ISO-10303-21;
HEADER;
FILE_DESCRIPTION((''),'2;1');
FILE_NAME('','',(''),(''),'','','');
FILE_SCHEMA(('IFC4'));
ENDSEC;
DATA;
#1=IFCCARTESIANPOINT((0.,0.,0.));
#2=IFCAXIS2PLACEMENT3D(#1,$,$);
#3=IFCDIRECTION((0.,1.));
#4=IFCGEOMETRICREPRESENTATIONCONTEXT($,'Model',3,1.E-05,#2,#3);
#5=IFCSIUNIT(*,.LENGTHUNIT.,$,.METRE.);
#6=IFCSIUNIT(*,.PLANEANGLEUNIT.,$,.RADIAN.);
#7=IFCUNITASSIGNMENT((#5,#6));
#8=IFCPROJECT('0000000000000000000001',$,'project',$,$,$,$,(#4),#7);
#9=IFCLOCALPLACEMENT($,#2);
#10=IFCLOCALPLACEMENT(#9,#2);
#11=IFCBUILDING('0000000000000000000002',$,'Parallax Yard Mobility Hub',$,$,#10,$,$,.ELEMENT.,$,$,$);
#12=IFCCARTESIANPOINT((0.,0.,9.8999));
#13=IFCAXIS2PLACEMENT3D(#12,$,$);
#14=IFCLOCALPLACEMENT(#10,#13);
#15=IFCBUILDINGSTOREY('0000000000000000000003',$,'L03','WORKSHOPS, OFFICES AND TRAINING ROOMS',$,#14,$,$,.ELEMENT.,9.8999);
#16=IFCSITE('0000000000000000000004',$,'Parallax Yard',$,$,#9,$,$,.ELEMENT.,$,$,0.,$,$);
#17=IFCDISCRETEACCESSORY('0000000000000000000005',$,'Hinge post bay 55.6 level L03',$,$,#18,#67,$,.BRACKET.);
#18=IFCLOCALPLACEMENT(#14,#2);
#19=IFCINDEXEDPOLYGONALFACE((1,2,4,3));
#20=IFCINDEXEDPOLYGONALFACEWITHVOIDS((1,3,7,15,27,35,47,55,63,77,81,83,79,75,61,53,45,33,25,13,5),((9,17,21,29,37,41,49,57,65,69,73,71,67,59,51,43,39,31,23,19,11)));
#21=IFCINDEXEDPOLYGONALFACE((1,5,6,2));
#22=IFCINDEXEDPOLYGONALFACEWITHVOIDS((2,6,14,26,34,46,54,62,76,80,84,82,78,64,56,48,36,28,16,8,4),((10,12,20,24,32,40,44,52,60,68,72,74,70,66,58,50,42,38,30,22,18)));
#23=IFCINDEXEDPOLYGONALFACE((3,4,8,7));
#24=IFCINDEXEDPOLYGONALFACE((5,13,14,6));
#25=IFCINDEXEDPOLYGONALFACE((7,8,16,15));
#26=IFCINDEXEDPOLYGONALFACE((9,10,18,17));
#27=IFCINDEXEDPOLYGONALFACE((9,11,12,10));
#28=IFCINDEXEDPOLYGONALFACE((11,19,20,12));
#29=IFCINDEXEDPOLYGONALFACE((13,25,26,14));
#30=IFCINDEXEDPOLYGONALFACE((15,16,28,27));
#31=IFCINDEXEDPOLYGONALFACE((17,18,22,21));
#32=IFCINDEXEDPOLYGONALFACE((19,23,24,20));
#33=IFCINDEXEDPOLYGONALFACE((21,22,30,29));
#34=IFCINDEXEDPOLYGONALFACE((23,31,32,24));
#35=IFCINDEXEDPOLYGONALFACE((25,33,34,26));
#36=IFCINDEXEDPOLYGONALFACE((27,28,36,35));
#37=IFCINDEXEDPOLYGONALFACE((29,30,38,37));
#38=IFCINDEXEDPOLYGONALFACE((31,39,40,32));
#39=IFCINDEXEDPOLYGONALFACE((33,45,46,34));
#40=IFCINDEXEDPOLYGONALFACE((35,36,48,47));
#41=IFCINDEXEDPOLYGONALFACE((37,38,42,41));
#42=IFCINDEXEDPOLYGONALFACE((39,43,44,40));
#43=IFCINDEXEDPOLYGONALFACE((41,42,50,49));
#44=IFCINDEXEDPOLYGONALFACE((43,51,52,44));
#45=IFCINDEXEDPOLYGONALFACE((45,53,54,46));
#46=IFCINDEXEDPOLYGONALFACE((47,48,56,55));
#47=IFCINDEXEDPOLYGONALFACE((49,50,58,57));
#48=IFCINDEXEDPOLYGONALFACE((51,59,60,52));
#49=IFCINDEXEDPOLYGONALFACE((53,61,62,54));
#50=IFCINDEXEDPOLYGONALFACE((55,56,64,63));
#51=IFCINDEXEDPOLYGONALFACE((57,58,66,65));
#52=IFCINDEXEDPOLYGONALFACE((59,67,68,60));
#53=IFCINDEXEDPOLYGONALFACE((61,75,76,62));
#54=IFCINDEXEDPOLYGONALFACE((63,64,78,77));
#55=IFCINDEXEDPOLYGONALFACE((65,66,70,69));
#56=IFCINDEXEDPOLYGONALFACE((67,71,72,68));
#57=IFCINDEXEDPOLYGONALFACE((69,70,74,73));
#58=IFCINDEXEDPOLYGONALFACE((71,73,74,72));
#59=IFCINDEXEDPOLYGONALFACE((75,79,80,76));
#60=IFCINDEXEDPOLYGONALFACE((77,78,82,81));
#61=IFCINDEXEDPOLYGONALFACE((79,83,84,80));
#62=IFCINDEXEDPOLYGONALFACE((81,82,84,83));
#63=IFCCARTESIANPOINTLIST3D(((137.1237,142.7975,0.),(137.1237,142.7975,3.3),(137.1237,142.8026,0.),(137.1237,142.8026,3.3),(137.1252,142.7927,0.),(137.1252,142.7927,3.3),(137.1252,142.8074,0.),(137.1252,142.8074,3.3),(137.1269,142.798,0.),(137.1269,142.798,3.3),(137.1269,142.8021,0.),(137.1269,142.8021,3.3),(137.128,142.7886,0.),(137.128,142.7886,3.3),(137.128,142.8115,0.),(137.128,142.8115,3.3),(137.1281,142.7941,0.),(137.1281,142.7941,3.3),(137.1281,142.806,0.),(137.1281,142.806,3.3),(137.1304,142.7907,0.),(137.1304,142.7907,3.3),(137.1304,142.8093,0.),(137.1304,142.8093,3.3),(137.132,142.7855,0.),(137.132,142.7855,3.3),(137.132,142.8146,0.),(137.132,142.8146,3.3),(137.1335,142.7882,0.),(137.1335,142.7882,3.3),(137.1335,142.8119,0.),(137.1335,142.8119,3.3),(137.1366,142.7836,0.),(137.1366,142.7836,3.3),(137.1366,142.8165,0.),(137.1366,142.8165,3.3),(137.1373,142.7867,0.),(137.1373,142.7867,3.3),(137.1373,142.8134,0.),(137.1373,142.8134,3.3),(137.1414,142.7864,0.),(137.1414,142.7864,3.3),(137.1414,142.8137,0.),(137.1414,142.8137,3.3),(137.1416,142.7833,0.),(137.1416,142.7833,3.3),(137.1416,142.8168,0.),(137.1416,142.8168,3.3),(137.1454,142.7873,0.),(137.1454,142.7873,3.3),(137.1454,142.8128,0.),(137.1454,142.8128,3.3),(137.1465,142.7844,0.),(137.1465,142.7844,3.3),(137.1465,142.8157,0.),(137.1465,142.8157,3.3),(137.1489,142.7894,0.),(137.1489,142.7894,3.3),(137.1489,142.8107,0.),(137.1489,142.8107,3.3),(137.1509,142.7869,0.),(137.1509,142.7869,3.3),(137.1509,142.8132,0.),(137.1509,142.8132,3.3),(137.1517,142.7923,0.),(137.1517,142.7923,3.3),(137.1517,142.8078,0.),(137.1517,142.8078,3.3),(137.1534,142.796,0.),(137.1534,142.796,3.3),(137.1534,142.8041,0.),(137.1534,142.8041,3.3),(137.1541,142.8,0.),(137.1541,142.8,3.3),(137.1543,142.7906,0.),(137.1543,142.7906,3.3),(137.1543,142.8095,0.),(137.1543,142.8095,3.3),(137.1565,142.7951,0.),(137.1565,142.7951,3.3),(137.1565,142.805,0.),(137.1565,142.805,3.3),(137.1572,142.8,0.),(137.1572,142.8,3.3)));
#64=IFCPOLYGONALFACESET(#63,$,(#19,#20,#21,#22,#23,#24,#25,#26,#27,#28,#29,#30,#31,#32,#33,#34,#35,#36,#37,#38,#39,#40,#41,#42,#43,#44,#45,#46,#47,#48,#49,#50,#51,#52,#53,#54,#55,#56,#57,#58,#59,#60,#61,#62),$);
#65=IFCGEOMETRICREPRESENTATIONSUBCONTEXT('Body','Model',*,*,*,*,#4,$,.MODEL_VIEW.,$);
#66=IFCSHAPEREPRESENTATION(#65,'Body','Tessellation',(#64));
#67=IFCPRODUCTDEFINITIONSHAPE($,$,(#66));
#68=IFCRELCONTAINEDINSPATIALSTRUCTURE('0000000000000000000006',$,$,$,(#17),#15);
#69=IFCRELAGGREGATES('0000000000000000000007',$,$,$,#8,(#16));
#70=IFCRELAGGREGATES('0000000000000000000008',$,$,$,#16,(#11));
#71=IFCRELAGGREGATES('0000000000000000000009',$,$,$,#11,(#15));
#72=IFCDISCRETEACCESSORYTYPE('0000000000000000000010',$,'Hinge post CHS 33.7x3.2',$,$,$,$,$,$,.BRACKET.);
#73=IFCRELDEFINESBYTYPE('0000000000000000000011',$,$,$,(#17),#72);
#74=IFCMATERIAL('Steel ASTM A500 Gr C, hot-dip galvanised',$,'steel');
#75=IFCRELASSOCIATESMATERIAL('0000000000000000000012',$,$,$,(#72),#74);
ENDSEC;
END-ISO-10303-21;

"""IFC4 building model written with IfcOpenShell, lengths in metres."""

from ifc_helpers import new_model, si_unit, direction, frame, origin, origin_2d, place, context, subcontext, project, spatial, hollow_circle, extrude, material, material_profile, profile_set, type_object, element, save


model = new_model("IFC4")

# Units and contexts
model_context = context("Model", 3, precision=1e-05, world=origin(), true_north=direction((0.0, 1.0)))
body_context = subcontext(model_context, "Body", "Model", "MODEL_VIEW")
ifc_project = project(units=[si_unit("LENGTHUNIT", "METRE"), si_unit("PLANEANGLEUNIT", "RADIAN")], contexts=[model_context])

# Site, building, storey
site_placement = place(None, origin())
site = spatial("IfcSite", under=ifc_project, at=site_placement, Name="Parallax Yard", CompositionType="ELEMENT", RefElevation=0.0)
building_placement = place(site_placement, origin())
building = spatial("IfcBuilding", under=site, at=building_placement, Name="Parallax Yard Mobility Hub", CompositionType="ELEMENT")
storey_placement = place(building_placement, frame((0.0, 0.0, 9.8999)))
storey = spatial("IfcBuildingStorey", under=building, at=storey_placement, Name="L03", Description="WORKSHOPS, OFFICES AND TRAINING ROOMS", CompositionType="ELEMENT", Elevation=9.8999)

# Discrete accessory
ifc_material_1 = material(Name="Steel ASTM A500 Gr C, hot-dip galvanised", Category="steel")
ifc_material_profile = material_profile(ifc_material_1, hollow_circle(Radius=0.0168, WallThickness=0.0032, at=origin_2d()), Name="CHS 33.7x3.2")
ifc_profile_set = profile_set([ifc_material_profile], Name="Steel ASTM A500 Gr C, hot-dip galvanised")
discrete_accessory_type_1 = type_object("IfcDiscreteAccessoryType", Name="Hinge post CHS 33.7x3.2", PredefinedType="BRACKET", material=ifc_profile_set)
for number, where, z_axis, x_axis, name in (
    (1, (137.1404, 142.8, 0.0), (0.0, 0.0, 1.0), (1.0, 0.0, 0.0), "Hinge post bay 55.6 level L03"),
):
    element("IfcDiscreteAccessory", number, at=place(storey_placement, frame(where, z_axis=z_axis, x_axis=x_axis)), inside=storey, type_object=discrete_accessory_type_1, Name=name, PredefinedType="BRACKET", context=body_context, shape_type="SweptSolid", body=[
        extrude(hollow_circle(Radius=0.0168, WallThickness=0.0032, at=origin_2d()), origin(), (0.0, 0.0, 1.0), 3.3),
    ])

save(model, "model.ifc")
